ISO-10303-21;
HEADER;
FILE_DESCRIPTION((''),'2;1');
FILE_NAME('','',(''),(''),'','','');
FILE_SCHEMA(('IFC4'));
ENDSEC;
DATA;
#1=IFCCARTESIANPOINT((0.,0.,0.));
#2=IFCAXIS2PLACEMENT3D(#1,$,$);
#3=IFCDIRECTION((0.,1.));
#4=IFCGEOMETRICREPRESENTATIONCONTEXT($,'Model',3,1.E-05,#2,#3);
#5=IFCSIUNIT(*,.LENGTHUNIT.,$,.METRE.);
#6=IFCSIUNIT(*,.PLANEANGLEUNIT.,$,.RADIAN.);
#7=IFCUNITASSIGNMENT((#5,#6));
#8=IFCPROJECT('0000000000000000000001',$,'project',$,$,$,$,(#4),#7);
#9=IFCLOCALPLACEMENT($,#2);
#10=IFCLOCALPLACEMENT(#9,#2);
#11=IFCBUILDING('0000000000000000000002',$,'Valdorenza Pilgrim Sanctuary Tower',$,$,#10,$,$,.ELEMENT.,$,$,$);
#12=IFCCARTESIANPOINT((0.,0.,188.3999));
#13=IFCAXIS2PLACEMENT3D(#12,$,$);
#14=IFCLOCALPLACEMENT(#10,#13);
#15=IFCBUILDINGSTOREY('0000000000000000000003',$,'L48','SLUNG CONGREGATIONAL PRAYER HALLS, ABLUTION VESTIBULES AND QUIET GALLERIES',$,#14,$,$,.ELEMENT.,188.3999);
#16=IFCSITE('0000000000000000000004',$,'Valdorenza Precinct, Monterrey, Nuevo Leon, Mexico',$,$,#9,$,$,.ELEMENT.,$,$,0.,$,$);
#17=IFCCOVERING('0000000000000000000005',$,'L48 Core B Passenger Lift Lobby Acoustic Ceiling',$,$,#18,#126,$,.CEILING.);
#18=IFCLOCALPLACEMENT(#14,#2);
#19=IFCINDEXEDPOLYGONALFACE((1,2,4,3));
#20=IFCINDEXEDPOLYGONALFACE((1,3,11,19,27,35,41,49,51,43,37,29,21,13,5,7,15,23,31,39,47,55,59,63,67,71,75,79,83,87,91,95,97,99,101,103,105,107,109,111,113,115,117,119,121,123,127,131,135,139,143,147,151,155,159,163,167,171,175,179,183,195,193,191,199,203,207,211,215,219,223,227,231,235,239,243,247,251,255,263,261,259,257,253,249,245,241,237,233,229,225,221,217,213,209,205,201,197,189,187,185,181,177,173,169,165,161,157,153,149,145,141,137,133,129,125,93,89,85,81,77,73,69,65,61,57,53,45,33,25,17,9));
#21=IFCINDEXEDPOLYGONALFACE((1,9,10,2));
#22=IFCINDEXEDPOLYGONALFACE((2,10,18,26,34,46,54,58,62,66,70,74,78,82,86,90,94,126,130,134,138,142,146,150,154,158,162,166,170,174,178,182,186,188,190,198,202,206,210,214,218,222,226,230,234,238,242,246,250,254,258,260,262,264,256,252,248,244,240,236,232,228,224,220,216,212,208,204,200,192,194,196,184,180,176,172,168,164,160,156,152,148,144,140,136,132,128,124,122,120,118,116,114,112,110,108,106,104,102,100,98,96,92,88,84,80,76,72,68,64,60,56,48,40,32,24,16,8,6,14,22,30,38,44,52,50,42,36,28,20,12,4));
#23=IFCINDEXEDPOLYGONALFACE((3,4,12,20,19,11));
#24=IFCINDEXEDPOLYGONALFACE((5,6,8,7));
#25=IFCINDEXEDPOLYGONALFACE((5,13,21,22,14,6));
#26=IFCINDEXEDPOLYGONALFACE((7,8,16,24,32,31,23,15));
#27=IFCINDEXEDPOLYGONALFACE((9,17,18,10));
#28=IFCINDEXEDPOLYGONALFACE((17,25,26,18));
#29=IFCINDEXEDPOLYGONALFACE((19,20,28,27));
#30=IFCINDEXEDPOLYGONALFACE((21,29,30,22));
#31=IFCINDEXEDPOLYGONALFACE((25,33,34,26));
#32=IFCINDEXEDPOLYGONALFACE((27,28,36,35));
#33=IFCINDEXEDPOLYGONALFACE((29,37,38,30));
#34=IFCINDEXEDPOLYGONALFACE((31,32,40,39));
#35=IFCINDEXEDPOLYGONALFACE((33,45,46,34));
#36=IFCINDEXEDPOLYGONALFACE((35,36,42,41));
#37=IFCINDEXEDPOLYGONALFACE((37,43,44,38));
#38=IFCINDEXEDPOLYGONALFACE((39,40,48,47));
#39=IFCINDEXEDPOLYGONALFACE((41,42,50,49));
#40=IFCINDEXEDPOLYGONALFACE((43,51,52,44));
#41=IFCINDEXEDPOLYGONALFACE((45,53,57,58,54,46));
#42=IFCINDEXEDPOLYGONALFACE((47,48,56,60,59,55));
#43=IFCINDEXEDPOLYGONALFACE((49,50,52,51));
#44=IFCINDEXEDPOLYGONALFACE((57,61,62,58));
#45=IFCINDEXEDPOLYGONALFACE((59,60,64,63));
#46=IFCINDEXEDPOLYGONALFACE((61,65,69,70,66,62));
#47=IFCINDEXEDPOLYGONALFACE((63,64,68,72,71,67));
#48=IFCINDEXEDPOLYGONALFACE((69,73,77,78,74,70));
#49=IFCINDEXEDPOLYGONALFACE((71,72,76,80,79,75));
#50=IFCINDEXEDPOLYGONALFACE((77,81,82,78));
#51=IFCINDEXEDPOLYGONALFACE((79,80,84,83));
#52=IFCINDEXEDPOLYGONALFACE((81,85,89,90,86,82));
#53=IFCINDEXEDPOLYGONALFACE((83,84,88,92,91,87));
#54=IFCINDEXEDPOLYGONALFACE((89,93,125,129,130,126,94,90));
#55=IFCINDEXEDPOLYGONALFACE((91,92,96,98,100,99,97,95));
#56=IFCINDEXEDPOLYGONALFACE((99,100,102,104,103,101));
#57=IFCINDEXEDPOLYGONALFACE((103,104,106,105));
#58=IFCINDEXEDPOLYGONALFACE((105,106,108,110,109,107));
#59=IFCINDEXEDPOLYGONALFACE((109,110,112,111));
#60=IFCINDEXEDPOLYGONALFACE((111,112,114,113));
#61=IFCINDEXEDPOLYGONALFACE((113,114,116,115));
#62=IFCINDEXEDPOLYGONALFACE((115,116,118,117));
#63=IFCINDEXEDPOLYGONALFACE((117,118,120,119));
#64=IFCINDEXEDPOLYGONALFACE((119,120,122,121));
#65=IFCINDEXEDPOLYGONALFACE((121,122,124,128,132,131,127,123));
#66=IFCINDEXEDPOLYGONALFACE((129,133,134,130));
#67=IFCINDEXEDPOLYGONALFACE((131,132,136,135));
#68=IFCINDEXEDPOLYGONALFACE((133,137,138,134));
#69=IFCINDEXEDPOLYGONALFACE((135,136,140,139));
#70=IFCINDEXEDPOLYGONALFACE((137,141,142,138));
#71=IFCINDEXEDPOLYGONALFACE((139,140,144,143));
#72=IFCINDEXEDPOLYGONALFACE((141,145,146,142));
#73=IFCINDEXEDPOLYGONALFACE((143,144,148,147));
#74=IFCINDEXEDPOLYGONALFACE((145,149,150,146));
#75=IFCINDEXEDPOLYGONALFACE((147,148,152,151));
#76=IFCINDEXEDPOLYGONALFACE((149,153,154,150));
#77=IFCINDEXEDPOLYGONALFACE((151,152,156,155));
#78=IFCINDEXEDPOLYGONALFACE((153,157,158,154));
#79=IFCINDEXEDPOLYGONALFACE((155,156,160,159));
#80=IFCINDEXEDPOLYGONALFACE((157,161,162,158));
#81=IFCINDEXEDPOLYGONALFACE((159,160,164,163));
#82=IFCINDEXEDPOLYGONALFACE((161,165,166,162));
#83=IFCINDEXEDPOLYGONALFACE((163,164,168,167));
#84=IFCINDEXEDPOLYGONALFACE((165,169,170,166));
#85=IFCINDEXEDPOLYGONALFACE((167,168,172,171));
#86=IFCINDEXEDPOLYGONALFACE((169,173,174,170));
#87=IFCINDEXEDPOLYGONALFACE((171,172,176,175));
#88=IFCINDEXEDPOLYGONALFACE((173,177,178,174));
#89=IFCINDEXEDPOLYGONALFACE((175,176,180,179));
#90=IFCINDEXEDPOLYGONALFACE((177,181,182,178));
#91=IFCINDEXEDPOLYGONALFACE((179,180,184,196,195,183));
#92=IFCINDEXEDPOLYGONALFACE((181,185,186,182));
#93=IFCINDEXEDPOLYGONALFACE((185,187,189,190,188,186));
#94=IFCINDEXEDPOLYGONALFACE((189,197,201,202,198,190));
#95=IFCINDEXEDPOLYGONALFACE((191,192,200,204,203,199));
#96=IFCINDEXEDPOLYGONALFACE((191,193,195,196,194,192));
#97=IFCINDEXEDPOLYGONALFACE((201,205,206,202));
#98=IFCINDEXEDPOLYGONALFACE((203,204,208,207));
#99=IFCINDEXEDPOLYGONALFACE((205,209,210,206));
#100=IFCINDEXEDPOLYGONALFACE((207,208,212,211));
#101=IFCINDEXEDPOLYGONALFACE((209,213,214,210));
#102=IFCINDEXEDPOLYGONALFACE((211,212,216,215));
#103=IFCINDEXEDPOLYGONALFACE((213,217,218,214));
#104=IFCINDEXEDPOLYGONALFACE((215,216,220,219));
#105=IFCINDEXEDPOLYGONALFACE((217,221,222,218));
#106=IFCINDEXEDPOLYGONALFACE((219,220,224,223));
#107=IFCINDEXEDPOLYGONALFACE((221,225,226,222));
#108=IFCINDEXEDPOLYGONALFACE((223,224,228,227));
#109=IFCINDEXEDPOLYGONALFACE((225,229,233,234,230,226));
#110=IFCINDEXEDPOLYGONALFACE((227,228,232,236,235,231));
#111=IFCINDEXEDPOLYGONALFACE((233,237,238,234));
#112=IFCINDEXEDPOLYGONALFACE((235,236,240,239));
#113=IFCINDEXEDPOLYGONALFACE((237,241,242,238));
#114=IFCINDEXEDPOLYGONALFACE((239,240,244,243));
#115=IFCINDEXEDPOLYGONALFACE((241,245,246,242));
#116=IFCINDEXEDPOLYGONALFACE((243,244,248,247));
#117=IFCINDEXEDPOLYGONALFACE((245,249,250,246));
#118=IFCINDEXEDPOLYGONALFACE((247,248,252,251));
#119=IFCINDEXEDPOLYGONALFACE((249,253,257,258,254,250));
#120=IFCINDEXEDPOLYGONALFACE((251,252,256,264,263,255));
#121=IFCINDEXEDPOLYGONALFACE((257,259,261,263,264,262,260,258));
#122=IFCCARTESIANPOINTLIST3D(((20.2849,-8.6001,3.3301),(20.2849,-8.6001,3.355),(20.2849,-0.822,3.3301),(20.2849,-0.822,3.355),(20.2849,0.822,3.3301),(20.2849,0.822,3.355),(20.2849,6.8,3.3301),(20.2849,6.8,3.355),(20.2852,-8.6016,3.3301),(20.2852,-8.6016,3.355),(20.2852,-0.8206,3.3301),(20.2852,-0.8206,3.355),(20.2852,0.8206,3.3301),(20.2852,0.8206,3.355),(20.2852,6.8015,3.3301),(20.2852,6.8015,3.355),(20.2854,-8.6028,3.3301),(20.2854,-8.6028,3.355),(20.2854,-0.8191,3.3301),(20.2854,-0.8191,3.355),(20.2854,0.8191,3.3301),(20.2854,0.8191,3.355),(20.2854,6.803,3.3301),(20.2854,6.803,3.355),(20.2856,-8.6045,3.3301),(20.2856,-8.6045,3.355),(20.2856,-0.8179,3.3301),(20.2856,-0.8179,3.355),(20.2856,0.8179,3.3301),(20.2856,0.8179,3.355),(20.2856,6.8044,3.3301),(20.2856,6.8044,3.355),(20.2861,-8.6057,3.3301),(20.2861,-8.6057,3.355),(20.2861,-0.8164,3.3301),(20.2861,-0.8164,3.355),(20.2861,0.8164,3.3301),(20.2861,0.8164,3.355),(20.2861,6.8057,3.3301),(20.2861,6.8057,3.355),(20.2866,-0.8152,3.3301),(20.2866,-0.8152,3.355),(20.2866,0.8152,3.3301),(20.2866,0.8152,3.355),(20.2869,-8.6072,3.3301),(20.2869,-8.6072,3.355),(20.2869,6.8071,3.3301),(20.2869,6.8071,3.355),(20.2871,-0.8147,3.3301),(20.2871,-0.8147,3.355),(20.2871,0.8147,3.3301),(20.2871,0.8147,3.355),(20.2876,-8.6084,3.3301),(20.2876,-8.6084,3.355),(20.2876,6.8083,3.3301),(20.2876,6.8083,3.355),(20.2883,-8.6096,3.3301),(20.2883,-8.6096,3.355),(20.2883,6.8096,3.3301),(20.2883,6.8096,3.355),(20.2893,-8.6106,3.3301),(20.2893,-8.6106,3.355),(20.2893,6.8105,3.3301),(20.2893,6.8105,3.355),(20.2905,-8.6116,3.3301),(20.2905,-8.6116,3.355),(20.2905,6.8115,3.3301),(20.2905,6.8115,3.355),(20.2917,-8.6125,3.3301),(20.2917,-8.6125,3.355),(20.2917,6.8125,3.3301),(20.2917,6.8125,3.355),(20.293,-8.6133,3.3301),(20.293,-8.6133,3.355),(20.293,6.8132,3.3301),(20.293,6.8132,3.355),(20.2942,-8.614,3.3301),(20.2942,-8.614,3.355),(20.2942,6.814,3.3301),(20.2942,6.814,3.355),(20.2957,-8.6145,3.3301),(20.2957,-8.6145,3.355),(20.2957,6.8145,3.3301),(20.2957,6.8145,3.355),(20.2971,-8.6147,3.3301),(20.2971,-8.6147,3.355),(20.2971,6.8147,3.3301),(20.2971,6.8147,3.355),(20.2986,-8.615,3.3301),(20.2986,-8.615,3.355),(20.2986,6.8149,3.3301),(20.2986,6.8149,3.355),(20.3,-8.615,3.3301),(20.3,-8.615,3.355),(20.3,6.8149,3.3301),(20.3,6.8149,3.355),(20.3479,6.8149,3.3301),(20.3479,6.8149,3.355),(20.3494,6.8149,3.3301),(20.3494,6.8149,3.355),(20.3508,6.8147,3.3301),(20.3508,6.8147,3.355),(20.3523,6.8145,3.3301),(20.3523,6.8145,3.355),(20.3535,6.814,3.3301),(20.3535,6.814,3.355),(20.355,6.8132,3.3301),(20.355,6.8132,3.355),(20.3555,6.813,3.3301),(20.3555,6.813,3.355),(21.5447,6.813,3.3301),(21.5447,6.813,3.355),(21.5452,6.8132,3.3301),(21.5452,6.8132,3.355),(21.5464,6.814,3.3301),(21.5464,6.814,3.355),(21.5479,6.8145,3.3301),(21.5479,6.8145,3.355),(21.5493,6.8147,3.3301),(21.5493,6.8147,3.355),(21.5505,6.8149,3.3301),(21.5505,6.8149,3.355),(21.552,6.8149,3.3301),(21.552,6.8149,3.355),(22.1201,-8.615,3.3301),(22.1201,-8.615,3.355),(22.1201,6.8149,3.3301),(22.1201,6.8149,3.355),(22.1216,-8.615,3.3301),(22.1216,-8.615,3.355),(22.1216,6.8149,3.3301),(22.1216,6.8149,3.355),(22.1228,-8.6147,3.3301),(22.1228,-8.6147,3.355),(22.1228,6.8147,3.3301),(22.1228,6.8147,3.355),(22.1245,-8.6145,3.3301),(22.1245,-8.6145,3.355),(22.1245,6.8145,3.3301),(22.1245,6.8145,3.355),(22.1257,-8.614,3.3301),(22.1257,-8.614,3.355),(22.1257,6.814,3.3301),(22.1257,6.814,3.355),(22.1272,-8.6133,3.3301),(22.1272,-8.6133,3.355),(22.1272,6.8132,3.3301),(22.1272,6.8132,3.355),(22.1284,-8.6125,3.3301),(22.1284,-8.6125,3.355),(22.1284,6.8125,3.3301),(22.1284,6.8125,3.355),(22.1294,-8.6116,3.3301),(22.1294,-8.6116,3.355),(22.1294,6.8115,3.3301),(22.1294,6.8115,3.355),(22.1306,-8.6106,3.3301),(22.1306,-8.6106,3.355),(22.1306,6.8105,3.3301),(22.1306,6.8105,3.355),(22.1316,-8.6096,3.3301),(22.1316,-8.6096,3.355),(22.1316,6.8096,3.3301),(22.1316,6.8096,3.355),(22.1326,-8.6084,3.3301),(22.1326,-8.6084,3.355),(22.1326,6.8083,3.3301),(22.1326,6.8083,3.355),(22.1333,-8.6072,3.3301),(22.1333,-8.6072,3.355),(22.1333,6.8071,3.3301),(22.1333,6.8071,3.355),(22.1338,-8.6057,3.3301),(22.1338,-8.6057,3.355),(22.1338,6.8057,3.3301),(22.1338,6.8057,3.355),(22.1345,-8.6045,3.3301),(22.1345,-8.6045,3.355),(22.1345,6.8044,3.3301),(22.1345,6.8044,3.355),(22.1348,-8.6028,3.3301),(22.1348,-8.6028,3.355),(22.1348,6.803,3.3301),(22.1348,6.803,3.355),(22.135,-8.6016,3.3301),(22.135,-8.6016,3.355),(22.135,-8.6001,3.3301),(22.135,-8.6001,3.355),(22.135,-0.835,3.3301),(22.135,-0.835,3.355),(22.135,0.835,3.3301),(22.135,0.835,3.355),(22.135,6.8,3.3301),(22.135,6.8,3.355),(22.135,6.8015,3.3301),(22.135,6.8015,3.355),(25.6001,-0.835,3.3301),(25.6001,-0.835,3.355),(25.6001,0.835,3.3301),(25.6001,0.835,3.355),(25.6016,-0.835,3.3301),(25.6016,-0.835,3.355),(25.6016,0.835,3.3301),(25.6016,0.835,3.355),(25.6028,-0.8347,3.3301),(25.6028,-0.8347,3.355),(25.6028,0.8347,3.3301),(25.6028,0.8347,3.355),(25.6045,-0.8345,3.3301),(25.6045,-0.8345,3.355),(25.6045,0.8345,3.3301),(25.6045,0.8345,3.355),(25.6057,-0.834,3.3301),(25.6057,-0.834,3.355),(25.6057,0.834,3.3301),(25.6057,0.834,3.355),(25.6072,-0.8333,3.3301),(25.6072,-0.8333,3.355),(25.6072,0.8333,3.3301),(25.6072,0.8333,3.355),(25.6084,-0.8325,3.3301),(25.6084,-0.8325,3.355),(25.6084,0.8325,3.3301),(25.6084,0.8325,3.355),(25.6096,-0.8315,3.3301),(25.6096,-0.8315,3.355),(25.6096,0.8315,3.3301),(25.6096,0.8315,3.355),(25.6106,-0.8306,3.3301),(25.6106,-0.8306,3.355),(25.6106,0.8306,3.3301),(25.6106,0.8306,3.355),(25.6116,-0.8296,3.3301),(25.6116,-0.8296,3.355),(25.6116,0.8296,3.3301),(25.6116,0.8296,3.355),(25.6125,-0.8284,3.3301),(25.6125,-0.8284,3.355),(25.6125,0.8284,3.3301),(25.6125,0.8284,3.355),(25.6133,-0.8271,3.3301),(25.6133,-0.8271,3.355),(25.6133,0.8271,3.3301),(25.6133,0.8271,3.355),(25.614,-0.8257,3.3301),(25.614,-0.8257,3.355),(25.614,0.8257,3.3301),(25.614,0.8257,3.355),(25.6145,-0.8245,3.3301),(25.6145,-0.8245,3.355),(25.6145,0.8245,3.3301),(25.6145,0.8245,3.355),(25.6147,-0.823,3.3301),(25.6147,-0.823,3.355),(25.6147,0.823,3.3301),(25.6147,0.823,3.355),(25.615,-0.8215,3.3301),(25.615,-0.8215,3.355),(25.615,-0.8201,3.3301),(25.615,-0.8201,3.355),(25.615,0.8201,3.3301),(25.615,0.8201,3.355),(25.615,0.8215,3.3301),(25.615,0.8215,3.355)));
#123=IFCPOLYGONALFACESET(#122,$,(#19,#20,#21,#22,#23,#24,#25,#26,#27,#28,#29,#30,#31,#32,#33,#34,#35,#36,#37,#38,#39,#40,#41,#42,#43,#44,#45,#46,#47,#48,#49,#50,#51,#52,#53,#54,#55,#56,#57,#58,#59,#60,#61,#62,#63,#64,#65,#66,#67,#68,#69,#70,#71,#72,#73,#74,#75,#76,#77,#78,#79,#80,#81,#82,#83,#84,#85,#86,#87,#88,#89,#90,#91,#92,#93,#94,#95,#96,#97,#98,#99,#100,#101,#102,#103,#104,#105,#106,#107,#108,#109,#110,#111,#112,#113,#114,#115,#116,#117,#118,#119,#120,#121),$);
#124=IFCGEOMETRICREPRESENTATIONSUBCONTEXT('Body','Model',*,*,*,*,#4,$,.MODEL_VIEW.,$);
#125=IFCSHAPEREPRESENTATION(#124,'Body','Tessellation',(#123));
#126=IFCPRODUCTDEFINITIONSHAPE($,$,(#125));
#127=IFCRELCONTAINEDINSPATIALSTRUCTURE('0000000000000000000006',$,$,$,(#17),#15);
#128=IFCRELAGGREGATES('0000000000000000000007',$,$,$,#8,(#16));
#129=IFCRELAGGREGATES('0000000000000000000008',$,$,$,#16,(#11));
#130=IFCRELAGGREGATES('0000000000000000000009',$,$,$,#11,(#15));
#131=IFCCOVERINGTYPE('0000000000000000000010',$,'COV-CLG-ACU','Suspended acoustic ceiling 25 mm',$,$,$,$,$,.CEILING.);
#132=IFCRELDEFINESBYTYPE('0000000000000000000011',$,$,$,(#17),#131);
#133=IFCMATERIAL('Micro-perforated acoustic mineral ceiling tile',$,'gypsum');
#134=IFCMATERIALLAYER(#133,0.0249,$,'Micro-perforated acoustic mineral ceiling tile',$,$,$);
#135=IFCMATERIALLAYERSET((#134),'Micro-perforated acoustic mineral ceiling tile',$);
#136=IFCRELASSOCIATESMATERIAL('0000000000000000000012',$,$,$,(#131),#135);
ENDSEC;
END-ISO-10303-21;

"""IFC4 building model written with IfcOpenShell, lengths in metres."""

from ifc_helpers import new_model, si_unit, direction, frame, origin, place, context, subcontext, project, spatial, polyline, outline, extrude, material, layer, layer_set, type_object, element, save


model = new_model("IFC4")

# Units and contexts
model_context = context("Model", 3, precision=1e-05, world=origin(), true_north=direction((0.0, 1.0)))
body_context = subcontext(model_context, "Body", "Model", "MODEL_VIEW")
ifc_project = project(units=[si_unit("LENGTHUNIT", "METRE"), si_unit("PLANEANGLEUNIT", "RADIAN")], contexts=[model_context])

# Site, building, storey
site_placement = place(None, origin())
site = spatial("IfcSite", under=ifc_project, at=site_placement, Name="Valdorenza Precinct, Monterrey, Nuevo Leon, Mexico", CompositionType="ELEMENT", RefElevation=0.0)
building_placement = place(site_placement, origin())
building = spatial("IfcBuilding", under=site, at=building_placement, Name="Valdorenza Pilgrim Sanctuary Tower", CompositionType="ELEMENT")
storey_placement = place(building_placement, frame((0.0, 0.0, 188.3999)))
storey = spatial("IfcBuildingStorey", under=building, at=storey_placement, Name="L48", Description="SLUNG CONGREGATIONAL PRAYER HALLS, ABLUTION VESTIBULES AND QUIET GALLERIES", CompositionType="ELEMENT", Elevation=188.3999)

# Covering
ifc_material_1 = material(Name="Micro-perforated acoustic mineral ceiling tile", Category="gypsum")
ifc_layer_1 = layer(ifc_material_1, 0.0249, Name="Micro-perforated acoustic mineral ceiling tile")
ifc_layer_set_1 = layer_set([ifc_layer_1], Name="Micro-perforated acoustic mineral ceiling tile")
covering_type_1 = type_object("IfcCoveringType", Name="COV-CLG-ACU", Description="Suspended acoustic ceiling 25 mm", PredefinedType="CEILING", material=ifc_layer_set_1)
covering_1_placement = place(storey_placement, frame((0.0, 0.0, 3.3301)))
element("IfcCovering", 1, at=covering_1_placement, inside=storey, type_object=covering_type_1, Name="L48 Core B Passenger Lift Lobby Acoustic Ceiling", PredefinedType="CEILING", context=body_context, shape_type="SweptSolid", body=[
    extrude(outline(polyline([(20.2871, -0.8147), (20.2871, 0.8147), (20.2866, 0.8152), (20.2861, 0.8164), (20.2856, 0.8179), (20.2854, 0.8191), (20.2852, 0.8206), (20.2849, 0.822), (20.2849, 6.8), (20.2852, 6.8015), (20.2854, 6.803), (20.2856, 6.8044), (20.2861, 6.8057), (20.2869, 6.8071), (20.2876, 6.8083), (20.2883, 6.8096), (20.2893, 6.8105), (20.2905, 6.8115), (20.2917, 6.8125), (20.293, 6.8132), (20.2942, 6.814), (20.2957, 6.8145), (20.2971, 6.8147), (20.2986, 6.8149), (20.3, 6.8149), (20.3479, 6.8149), (20.3494, 6.8149), (20.3508, 6.8147), (20.3523, 6.8145), (20.3535, 6.814), (20.355, 6.8132), (20.3555, 6.813), (21.5447, 6.813), (21.5452, 6.8132), (21.5464, 6.814), (21.5479, 6.8145), (21.5493, 6.8147), (21.5505, 6.8149), (21.552, 6.8149), (22.1201, 6.8149), (22.1216, 6.8149), (22.1228, 6.8147), (22.1245, 6.8145), (22.1257, 6.814), (22.1272, 6.8132), (22.1284, 6.8125), (22.1294, 6.8115), (22.1306, 6.8105), (22.1316, 6.8096), (22.1326, 6.8083), (22.1333, 6.8071), (22.1338, 6.8057), (22.1345, 6.8044), (22.1348, 6.803), (22.135, 6.8015), (22.135, 6.8), (22.135, 0.835), (25.6001, 0.835), (25.6016, 0.835), (25.6028, 0.8347), (25.6045, 0.8345), (25.6057, 0.834), (25.6072, 0.8333), (25.6084, 0.8325), (25.6096, 0.8315), (25.6106, 0.8306), (25.6116, 0.8296), (25.6125, 0.8284), (25.6133, 0.8271), (25.614, 0.8257), (25.6145, 0.8245), (25.6147, 0.823), (25.615, 0.8215), (25.615, 0.8201), (25.615, -0.8201), (25.615, -0.8215), (25.6147, -0.823), (25.6145, -0.8245), (25.614, -0.8257), (25.6133, -0.8271), (25.6125, -0.8284), (25.6116, -0.8296), (25.6106, -0.8306), (25.6096, -0.8315), (25.6084, -0.8325), (25.6072, -0.8333), (25.6057, -0.834), (25.6045, -0.8345), (25.6028, -0.8347), (25.6016, -0.835), (25.6001, -0.835), (22.135, -0.835), (22.135, -8.6001), (22.135, -8.6016), (22.1348, -8.6028), (22.1345, -8.6045), (22.1338, -8.6057), (22.1333, -8.6072), (22.1326, -8.6084), (22.1316, -8.6096), (22.1306, -8.6106), (22.1294, -8.6116), (22.1284, -8.6125), (22.1272, -8.6133), (22.1257, -8.614), (22.1245, -8.6145), (22.1228, -8.6147), (22.1216, -8.615), (22.1201, -8.615), (20.3, -8.615), (20.2986, -8.615), (20.2971, -8.6147), (20.2957, -8.6145), (20.2942, -8.614), (20.293, -8.6133), (20.2917, -8.6125), (20.2905, -8.6116), (20.2893, -8.6106), (20.2883, -8.6096), (20.2876, -8.6084), (20.2869, -8.6072), (20.2861, -8.6057), (20.2856, -8.6045), (20.2854, -8.6028), (20.2852, -8.6016), (20.2849, -8.6001), (20.2849, -0.822), (20.2852, -0.8206), (20.2854, -0.8191), (20.2856, -0.8179), (20.2861, -0.8164), (20.2866, -0.8152), (20.2871, -0.8147)])), origin(), (0.0, 0.0, 1.0), 0.0249),
])

save(model, "model.ifc")
